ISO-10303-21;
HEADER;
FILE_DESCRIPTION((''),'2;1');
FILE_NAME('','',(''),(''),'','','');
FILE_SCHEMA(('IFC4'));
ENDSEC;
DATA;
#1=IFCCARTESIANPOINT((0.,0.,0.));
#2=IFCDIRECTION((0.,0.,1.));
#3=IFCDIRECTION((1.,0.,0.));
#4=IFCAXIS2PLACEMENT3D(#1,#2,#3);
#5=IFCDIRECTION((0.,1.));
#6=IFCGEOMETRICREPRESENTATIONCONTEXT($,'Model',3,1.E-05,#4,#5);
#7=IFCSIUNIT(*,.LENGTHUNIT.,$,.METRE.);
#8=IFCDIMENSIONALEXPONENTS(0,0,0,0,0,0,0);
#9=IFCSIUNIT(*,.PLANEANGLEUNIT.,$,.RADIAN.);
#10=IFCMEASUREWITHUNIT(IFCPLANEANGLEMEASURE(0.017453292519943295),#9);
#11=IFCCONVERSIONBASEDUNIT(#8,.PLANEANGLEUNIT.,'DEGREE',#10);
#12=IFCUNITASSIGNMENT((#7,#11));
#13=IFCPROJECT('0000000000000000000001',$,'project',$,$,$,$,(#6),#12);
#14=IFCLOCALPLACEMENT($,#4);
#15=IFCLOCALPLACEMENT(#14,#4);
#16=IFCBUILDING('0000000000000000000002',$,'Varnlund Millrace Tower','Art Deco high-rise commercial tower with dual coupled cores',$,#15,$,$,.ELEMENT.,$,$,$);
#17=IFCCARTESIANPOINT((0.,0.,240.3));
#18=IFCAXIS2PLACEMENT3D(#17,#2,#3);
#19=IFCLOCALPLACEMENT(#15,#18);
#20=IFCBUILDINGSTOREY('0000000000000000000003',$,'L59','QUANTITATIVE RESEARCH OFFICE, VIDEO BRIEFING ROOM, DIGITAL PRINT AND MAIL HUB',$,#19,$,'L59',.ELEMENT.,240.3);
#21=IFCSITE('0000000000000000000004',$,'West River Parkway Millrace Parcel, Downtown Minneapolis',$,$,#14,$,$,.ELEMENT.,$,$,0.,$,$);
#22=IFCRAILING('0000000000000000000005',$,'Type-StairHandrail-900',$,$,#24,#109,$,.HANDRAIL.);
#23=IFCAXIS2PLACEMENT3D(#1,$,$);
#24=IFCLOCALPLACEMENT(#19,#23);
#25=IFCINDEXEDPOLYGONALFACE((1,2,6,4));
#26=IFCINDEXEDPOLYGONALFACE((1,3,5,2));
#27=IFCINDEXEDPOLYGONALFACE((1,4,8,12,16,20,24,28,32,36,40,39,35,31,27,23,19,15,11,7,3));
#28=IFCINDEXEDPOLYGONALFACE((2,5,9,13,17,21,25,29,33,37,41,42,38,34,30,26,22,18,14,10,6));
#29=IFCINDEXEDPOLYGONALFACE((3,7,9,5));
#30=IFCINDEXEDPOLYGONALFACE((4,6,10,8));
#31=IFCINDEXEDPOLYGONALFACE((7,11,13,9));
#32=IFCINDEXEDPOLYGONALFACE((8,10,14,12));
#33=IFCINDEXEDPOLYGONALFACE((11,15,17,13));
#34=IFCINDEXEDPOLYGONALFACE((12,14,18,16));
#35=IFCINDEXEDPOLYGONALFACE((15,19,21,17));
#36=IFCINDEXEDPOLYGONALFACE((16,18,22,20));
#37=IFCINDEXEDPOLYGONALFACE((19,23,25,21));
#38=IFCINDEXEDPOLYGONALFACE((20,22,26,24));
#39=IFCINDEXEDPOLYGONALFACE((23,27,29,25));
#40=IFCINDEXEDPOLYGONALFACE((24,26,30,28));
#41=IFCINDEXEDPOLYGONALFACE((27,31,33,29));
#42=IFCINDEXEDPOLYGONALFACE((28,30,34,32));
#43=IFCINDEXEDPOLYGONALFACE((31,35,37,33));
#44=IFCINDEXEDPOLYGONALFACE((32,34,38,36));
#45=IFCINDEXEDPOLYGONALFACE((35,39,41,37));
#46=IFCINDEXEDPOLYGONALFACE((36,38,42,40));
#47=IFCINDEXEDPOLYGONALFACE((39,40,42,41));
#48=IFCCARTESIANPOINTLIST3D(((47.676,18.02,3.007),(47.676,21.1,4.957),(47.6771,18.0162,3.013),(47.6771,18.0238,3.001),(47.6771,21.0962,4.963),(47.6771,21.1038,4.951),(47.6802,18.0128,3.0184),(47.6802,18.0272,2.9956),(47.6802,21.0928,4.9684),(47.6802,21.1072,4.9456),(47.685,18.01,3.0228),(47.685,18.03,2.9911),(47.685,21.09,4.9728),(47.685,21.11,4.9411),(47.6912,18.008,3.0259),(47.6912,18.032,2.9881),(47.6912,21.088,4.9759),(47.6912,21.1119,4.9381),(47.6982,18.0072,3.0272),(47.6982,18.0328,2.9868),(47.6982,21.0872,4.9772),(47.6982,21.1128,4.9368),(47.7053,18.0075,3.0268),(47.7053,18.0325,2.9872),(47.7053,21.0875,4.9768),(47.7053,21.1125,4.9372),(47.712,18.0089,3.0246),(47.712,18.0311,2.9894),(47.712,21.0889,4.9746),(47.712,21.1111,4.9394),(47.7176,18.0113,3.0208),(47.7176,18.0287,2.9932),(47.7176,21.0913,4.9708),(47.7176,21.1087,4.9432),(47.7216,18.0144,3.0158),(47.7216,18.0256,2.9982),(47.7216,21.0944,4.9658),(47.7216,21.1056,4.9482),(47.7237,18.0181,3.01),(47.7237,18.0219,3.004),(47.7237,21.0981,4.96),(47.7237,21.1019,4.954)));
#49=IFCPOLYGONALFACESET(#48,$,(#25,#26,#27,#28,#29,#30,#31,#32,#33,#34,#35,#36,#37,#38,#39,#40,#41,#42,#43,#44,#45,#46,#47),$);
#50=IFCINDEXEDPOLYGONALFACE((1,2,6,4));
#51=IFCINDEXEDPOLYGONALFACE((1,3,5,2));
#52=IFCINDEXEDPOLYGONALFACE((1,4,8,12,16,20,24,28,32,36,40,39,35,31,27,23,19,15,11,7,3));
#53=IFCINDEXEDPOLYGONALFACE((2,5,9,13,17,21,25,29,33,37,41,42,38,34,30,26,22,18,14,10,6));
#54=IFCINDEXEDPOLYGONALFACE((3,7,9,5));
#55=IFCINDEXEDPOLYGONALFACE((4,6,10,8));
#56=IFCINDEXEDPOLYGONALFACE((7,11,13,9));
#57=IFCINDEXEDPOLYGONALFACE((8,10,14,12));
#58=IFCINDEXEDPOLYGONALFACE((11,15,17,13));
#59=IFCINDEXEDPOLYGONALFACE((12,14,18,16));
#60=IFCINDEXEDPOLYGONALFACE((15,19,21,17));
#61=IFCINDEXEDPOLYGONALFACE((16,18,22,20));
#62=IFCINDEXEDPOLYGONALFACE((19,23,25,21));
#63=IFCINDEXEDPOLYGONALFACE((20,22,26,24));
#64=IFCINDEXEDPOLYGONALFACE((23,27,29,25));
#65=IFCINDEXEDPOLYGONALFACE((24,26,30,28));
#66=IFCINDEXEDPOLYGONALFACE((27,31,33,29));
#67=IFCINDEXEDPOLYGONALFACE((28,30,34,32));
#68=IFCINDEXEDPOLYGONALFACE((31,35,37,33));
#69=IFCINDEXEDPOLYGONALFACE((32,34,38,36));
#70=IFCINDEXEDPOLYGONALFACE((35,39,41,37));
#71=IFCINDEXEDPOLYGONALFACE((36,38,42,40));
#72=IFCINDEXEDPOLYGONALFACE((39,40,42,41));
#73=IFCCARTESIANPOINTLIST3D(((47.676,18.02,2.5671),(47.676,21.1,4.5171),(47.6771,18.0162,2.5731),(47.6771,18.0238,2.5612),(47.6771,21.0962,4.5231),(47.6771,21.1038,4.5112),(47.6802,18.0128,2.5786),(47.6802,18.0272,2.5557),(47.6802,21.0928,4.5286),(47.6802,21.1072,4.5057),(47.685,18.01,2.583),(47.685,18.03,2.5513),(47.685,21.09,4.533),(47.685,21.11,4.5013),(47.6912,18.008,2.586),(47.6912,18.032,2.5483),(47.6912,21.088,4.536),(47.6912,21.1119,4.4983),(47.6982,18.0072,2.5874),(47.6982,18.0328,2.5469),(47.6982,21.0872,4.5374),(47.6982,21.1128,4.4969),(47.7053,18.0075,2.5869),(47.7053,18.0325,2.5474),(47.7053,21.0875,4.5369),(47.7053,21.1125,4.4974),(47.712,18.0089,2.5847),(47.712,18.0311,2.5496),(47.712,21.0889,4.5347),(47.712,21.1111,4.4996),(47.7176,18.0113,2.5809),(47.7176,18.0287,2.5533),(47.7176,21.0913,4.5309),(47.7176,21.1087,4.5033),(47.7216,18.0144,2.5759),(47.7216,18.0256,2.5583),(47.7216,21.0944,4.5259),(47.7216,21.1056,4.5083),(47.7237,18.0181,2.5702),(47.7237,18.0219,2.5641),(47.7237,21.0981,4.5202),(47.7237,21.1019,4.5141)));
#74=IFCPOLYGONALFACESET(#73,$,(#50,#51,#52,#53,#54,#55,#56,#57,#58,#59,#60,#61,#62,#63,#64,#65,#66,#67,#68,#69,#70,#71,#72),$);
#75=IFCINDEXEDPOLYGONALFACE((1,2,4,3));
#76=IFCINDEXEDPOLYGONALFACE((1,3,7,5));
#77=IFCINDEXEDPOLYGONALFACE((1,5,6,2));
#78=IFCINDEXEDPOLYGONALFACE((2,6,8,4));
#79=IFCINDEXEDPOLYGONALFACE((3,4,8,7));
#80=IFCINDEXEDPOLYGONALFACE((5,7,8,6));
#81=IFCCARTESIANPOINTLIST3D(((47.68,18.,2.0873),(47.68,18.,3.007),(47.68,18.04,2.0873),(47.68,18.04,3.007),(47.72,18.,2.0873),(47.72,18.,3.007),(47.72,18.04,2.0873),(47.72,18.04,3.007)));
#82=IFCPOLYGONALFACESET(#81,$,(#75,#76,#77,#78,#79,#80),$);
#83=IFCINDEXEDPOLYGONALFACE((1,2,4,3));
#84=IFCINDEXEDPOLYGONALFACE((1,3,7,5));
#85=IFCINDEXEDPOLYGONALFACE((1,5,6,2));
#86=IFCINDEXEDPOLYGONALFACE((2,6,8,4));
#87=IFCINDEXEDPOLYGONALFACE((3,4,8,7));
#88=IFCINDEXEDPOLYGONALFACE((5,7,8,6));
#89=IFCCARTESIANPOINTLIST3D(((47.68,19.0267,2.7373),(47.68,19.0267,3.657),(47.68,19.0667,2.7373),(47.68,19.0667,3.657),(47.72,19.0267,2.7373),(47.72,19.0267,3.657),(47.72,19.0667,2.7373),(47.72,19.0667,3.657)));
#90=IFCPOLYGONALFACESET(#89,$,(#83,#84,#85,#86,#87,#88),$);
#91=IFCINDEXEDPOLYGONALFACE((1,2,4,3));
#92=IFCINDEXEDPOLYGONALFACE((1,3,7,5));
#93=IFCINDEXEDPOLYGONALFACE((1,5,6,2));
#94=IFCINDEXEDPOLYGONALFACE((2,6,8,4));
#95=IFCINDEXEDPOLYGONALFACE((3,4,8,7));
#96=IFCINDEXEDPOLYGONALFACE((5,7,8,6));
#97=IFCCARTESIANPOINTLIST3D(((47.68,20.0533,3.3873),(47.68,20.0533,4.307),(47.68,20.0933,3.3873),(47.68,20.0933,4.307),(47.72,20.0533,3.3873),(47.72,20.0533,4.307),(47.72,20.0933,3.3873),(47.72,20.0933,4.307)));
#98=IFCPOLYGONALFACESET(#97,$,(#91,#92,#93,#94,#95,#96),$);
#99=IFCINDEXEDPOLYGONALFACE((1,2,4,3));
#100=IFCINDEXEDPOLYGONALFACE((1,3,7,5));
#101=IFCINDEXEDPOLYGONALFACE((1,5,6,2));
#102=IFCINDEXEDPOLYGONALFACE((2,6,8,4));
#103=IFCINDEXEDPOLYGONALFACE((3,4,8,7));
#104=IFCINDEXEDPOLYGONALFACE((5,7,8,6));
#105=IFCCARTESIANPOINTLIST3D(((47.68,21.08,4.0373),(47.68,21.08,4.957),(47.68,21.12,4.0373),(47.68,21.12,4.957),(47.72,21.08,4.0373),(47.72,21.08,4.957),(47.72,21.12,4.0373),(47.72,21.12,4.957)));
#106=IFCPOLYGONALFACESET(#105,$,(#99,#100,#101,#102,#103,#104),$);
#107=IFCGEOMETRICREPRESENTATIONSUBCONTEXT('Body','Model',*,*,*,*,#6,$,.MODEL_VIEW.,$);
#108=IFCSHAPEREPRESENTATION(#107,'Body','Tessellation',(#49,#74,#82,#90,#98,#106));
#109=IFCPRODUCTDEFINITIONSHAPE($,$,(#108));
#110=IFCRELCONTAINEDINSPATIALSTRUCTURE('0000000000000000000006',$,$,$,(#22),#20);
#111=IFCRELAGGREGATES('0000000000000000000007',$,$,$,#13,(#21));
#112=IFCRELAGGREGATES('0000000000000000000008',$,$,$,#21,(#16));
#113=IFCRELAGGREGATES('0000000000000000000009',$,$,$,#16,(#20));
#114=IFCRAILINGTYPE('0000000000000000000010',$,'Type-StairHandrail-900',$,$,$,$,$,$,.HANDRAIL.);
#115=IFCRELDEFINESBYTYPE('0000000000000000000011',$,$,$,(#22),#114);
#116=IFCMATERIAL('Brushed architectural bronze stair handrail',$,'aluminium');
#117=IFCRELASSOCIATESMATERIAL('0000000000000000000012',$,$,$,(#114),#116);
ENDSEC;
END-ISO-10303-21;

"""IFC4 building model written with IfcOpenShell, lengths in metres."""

from ifc_helpers import new_model, entity, si_unit, converted_unit, direction, frame, origin_with_axes, origin_2d_with_axis, place, context, subcontext, project, spatial, rectangle, circle, extrude, material, type_object, element, save


model = new_model("IFC4")

# Units and contexts
model_context = context("Model", 3, precision=1e-05, world=origin_with_axes(), true_north=direction((0.0, 1.0)))
body_context = subcontext(model_context, "Body", "Model", "MODEL_VIEW")
ifc_project = project(units=[si_unit("LENGTHUNIT", "METRE"), converted_unit("PLANEANGLEUNIT", "DEGREE", entity("IfcPlaneAngleMeasure", 0.017453292519943295), si_unit("PLANEANGLEUNIT", "RADIAN"), dimensions=[0, 0, 0, 0, 0, 0, 0])], contexts=[model_context])

# Site, building, storey
site_placement = place(None, origin_with_axes())
site = spatial("IfcSite", under=ifc_project, at=site_placement, Name="West River Parkway Millrace Parcel, Downtown Minneapolis", CompositionType="ELEMENT", RefElevation=0.0)
building_placement = place(site_placement, origin_with_axes())
building = spatial("IfcBuilding", under=site, at=building_placement, Name="Varnlund Millrace Tower", Description="Art Deco high-rise commercial tower with dual coupled cores", CompositionType="ELEMENT")
storey_placement = place(building_placement, frame((0.0, 0.0, 240.3), z_axis=(0.0, 0.0, 1.0), x_axis=(1.0, 0.0, 0.0)))
storey = spatial("IfcBuildingStorey", under=building, at=storey_placement, Name="L59", Description="QUANTITATIVE RESEARCH OFFICE, VIDEO BRIEFING ROOM, DIGITAL PRINT AND MAIL HUB", LongName="L59", CompositionType="ELEMENT", Elevation=240.3)

# Railing
ifc_material_1 = material(Name="Brushed architectural bronze stair handrail", Category="aluminium")
railing_type_1 = type_object("IfcRailingType", Name="Type-StairHandrail-900", PredefinedType="HANDRAIL", material=ifc_material_1)
railing_1_placement = place(storey_placement, frame((0.0, 0.0, -240.3), z_axis=(0.0, 0.0, 1.0), x_axis=(1.0, 0.0, 0.0)))
element("IfcRailing", 1, at=railing_1_placement, inside=storey, type_object=railing_type_1, Name="Type-StairHandrail-900", PredefinedType="HANDRAIL", context=body_context, shape_type="SweptSolid", body=[
    extrude(circle(Radius=0.024, at=origin_2d_with_axis()), frame((47.7, 18.02, 243.307), z_axis=(0.0, 0.844902, 0.534922), x_axis=(-1.0, 0.0, 0.0)), (0.0, 0.0, 1.0), 3.6454),
    extrude(circle(Radius=0.024, at=origin_2d_with_axis()), frame((47.7, 18.02, 242.8671), z_axis=(0.0, 0.844902, 0.534922), x_axis=(-1.0, 0.0, 0.0)), (0.0, 0.0, 1.0), 3.6454),
    extrude(rectangle(XDim=0.04, YDim=0.04, at=origin_2d_with_axis()), frame((47.7, 18.02, 242.3873), z_axis=(0.0, 0.0, 1.0), x_axis=(1.0, 0.0, 0.0)), (0.0, 0.0, 1.0), 0.9197),
    extrude(rectangle(XDim=0.04, YDim=0.04, at=origin_2d_with_axis()), frame((47.7, 19.0467, 243.0373), z_axis=(0.0, 0.0, 1.0), x_axis=(1.0, 0.0, 0.0)), (0.0, 0.0, 1.0), 0.9197),
    extrude(rectangle(XDim=0.04, YDim=0.04, at=origin_2d_with_axis()), frame((47.7, 20.0733, 243.6873), z_axis=(0.0, 0.0, 1.0), x_axis=(1.0, 0.0, 0.0)), (0.0, 0.0, 1.0), 0.9197),
    extrude(rectangle(XDim=0.04, YDim=0.04, at=origin_2d_with_axis()), frame((47.7, 21.1, 244.3373), z_axis=(0.0, 0.0, 1.0), x_axis=(1.0, 0.0, 0.0)), (0.0, 0.0, 1.0), 0.9197),
])

save(model, "model.ifc")
